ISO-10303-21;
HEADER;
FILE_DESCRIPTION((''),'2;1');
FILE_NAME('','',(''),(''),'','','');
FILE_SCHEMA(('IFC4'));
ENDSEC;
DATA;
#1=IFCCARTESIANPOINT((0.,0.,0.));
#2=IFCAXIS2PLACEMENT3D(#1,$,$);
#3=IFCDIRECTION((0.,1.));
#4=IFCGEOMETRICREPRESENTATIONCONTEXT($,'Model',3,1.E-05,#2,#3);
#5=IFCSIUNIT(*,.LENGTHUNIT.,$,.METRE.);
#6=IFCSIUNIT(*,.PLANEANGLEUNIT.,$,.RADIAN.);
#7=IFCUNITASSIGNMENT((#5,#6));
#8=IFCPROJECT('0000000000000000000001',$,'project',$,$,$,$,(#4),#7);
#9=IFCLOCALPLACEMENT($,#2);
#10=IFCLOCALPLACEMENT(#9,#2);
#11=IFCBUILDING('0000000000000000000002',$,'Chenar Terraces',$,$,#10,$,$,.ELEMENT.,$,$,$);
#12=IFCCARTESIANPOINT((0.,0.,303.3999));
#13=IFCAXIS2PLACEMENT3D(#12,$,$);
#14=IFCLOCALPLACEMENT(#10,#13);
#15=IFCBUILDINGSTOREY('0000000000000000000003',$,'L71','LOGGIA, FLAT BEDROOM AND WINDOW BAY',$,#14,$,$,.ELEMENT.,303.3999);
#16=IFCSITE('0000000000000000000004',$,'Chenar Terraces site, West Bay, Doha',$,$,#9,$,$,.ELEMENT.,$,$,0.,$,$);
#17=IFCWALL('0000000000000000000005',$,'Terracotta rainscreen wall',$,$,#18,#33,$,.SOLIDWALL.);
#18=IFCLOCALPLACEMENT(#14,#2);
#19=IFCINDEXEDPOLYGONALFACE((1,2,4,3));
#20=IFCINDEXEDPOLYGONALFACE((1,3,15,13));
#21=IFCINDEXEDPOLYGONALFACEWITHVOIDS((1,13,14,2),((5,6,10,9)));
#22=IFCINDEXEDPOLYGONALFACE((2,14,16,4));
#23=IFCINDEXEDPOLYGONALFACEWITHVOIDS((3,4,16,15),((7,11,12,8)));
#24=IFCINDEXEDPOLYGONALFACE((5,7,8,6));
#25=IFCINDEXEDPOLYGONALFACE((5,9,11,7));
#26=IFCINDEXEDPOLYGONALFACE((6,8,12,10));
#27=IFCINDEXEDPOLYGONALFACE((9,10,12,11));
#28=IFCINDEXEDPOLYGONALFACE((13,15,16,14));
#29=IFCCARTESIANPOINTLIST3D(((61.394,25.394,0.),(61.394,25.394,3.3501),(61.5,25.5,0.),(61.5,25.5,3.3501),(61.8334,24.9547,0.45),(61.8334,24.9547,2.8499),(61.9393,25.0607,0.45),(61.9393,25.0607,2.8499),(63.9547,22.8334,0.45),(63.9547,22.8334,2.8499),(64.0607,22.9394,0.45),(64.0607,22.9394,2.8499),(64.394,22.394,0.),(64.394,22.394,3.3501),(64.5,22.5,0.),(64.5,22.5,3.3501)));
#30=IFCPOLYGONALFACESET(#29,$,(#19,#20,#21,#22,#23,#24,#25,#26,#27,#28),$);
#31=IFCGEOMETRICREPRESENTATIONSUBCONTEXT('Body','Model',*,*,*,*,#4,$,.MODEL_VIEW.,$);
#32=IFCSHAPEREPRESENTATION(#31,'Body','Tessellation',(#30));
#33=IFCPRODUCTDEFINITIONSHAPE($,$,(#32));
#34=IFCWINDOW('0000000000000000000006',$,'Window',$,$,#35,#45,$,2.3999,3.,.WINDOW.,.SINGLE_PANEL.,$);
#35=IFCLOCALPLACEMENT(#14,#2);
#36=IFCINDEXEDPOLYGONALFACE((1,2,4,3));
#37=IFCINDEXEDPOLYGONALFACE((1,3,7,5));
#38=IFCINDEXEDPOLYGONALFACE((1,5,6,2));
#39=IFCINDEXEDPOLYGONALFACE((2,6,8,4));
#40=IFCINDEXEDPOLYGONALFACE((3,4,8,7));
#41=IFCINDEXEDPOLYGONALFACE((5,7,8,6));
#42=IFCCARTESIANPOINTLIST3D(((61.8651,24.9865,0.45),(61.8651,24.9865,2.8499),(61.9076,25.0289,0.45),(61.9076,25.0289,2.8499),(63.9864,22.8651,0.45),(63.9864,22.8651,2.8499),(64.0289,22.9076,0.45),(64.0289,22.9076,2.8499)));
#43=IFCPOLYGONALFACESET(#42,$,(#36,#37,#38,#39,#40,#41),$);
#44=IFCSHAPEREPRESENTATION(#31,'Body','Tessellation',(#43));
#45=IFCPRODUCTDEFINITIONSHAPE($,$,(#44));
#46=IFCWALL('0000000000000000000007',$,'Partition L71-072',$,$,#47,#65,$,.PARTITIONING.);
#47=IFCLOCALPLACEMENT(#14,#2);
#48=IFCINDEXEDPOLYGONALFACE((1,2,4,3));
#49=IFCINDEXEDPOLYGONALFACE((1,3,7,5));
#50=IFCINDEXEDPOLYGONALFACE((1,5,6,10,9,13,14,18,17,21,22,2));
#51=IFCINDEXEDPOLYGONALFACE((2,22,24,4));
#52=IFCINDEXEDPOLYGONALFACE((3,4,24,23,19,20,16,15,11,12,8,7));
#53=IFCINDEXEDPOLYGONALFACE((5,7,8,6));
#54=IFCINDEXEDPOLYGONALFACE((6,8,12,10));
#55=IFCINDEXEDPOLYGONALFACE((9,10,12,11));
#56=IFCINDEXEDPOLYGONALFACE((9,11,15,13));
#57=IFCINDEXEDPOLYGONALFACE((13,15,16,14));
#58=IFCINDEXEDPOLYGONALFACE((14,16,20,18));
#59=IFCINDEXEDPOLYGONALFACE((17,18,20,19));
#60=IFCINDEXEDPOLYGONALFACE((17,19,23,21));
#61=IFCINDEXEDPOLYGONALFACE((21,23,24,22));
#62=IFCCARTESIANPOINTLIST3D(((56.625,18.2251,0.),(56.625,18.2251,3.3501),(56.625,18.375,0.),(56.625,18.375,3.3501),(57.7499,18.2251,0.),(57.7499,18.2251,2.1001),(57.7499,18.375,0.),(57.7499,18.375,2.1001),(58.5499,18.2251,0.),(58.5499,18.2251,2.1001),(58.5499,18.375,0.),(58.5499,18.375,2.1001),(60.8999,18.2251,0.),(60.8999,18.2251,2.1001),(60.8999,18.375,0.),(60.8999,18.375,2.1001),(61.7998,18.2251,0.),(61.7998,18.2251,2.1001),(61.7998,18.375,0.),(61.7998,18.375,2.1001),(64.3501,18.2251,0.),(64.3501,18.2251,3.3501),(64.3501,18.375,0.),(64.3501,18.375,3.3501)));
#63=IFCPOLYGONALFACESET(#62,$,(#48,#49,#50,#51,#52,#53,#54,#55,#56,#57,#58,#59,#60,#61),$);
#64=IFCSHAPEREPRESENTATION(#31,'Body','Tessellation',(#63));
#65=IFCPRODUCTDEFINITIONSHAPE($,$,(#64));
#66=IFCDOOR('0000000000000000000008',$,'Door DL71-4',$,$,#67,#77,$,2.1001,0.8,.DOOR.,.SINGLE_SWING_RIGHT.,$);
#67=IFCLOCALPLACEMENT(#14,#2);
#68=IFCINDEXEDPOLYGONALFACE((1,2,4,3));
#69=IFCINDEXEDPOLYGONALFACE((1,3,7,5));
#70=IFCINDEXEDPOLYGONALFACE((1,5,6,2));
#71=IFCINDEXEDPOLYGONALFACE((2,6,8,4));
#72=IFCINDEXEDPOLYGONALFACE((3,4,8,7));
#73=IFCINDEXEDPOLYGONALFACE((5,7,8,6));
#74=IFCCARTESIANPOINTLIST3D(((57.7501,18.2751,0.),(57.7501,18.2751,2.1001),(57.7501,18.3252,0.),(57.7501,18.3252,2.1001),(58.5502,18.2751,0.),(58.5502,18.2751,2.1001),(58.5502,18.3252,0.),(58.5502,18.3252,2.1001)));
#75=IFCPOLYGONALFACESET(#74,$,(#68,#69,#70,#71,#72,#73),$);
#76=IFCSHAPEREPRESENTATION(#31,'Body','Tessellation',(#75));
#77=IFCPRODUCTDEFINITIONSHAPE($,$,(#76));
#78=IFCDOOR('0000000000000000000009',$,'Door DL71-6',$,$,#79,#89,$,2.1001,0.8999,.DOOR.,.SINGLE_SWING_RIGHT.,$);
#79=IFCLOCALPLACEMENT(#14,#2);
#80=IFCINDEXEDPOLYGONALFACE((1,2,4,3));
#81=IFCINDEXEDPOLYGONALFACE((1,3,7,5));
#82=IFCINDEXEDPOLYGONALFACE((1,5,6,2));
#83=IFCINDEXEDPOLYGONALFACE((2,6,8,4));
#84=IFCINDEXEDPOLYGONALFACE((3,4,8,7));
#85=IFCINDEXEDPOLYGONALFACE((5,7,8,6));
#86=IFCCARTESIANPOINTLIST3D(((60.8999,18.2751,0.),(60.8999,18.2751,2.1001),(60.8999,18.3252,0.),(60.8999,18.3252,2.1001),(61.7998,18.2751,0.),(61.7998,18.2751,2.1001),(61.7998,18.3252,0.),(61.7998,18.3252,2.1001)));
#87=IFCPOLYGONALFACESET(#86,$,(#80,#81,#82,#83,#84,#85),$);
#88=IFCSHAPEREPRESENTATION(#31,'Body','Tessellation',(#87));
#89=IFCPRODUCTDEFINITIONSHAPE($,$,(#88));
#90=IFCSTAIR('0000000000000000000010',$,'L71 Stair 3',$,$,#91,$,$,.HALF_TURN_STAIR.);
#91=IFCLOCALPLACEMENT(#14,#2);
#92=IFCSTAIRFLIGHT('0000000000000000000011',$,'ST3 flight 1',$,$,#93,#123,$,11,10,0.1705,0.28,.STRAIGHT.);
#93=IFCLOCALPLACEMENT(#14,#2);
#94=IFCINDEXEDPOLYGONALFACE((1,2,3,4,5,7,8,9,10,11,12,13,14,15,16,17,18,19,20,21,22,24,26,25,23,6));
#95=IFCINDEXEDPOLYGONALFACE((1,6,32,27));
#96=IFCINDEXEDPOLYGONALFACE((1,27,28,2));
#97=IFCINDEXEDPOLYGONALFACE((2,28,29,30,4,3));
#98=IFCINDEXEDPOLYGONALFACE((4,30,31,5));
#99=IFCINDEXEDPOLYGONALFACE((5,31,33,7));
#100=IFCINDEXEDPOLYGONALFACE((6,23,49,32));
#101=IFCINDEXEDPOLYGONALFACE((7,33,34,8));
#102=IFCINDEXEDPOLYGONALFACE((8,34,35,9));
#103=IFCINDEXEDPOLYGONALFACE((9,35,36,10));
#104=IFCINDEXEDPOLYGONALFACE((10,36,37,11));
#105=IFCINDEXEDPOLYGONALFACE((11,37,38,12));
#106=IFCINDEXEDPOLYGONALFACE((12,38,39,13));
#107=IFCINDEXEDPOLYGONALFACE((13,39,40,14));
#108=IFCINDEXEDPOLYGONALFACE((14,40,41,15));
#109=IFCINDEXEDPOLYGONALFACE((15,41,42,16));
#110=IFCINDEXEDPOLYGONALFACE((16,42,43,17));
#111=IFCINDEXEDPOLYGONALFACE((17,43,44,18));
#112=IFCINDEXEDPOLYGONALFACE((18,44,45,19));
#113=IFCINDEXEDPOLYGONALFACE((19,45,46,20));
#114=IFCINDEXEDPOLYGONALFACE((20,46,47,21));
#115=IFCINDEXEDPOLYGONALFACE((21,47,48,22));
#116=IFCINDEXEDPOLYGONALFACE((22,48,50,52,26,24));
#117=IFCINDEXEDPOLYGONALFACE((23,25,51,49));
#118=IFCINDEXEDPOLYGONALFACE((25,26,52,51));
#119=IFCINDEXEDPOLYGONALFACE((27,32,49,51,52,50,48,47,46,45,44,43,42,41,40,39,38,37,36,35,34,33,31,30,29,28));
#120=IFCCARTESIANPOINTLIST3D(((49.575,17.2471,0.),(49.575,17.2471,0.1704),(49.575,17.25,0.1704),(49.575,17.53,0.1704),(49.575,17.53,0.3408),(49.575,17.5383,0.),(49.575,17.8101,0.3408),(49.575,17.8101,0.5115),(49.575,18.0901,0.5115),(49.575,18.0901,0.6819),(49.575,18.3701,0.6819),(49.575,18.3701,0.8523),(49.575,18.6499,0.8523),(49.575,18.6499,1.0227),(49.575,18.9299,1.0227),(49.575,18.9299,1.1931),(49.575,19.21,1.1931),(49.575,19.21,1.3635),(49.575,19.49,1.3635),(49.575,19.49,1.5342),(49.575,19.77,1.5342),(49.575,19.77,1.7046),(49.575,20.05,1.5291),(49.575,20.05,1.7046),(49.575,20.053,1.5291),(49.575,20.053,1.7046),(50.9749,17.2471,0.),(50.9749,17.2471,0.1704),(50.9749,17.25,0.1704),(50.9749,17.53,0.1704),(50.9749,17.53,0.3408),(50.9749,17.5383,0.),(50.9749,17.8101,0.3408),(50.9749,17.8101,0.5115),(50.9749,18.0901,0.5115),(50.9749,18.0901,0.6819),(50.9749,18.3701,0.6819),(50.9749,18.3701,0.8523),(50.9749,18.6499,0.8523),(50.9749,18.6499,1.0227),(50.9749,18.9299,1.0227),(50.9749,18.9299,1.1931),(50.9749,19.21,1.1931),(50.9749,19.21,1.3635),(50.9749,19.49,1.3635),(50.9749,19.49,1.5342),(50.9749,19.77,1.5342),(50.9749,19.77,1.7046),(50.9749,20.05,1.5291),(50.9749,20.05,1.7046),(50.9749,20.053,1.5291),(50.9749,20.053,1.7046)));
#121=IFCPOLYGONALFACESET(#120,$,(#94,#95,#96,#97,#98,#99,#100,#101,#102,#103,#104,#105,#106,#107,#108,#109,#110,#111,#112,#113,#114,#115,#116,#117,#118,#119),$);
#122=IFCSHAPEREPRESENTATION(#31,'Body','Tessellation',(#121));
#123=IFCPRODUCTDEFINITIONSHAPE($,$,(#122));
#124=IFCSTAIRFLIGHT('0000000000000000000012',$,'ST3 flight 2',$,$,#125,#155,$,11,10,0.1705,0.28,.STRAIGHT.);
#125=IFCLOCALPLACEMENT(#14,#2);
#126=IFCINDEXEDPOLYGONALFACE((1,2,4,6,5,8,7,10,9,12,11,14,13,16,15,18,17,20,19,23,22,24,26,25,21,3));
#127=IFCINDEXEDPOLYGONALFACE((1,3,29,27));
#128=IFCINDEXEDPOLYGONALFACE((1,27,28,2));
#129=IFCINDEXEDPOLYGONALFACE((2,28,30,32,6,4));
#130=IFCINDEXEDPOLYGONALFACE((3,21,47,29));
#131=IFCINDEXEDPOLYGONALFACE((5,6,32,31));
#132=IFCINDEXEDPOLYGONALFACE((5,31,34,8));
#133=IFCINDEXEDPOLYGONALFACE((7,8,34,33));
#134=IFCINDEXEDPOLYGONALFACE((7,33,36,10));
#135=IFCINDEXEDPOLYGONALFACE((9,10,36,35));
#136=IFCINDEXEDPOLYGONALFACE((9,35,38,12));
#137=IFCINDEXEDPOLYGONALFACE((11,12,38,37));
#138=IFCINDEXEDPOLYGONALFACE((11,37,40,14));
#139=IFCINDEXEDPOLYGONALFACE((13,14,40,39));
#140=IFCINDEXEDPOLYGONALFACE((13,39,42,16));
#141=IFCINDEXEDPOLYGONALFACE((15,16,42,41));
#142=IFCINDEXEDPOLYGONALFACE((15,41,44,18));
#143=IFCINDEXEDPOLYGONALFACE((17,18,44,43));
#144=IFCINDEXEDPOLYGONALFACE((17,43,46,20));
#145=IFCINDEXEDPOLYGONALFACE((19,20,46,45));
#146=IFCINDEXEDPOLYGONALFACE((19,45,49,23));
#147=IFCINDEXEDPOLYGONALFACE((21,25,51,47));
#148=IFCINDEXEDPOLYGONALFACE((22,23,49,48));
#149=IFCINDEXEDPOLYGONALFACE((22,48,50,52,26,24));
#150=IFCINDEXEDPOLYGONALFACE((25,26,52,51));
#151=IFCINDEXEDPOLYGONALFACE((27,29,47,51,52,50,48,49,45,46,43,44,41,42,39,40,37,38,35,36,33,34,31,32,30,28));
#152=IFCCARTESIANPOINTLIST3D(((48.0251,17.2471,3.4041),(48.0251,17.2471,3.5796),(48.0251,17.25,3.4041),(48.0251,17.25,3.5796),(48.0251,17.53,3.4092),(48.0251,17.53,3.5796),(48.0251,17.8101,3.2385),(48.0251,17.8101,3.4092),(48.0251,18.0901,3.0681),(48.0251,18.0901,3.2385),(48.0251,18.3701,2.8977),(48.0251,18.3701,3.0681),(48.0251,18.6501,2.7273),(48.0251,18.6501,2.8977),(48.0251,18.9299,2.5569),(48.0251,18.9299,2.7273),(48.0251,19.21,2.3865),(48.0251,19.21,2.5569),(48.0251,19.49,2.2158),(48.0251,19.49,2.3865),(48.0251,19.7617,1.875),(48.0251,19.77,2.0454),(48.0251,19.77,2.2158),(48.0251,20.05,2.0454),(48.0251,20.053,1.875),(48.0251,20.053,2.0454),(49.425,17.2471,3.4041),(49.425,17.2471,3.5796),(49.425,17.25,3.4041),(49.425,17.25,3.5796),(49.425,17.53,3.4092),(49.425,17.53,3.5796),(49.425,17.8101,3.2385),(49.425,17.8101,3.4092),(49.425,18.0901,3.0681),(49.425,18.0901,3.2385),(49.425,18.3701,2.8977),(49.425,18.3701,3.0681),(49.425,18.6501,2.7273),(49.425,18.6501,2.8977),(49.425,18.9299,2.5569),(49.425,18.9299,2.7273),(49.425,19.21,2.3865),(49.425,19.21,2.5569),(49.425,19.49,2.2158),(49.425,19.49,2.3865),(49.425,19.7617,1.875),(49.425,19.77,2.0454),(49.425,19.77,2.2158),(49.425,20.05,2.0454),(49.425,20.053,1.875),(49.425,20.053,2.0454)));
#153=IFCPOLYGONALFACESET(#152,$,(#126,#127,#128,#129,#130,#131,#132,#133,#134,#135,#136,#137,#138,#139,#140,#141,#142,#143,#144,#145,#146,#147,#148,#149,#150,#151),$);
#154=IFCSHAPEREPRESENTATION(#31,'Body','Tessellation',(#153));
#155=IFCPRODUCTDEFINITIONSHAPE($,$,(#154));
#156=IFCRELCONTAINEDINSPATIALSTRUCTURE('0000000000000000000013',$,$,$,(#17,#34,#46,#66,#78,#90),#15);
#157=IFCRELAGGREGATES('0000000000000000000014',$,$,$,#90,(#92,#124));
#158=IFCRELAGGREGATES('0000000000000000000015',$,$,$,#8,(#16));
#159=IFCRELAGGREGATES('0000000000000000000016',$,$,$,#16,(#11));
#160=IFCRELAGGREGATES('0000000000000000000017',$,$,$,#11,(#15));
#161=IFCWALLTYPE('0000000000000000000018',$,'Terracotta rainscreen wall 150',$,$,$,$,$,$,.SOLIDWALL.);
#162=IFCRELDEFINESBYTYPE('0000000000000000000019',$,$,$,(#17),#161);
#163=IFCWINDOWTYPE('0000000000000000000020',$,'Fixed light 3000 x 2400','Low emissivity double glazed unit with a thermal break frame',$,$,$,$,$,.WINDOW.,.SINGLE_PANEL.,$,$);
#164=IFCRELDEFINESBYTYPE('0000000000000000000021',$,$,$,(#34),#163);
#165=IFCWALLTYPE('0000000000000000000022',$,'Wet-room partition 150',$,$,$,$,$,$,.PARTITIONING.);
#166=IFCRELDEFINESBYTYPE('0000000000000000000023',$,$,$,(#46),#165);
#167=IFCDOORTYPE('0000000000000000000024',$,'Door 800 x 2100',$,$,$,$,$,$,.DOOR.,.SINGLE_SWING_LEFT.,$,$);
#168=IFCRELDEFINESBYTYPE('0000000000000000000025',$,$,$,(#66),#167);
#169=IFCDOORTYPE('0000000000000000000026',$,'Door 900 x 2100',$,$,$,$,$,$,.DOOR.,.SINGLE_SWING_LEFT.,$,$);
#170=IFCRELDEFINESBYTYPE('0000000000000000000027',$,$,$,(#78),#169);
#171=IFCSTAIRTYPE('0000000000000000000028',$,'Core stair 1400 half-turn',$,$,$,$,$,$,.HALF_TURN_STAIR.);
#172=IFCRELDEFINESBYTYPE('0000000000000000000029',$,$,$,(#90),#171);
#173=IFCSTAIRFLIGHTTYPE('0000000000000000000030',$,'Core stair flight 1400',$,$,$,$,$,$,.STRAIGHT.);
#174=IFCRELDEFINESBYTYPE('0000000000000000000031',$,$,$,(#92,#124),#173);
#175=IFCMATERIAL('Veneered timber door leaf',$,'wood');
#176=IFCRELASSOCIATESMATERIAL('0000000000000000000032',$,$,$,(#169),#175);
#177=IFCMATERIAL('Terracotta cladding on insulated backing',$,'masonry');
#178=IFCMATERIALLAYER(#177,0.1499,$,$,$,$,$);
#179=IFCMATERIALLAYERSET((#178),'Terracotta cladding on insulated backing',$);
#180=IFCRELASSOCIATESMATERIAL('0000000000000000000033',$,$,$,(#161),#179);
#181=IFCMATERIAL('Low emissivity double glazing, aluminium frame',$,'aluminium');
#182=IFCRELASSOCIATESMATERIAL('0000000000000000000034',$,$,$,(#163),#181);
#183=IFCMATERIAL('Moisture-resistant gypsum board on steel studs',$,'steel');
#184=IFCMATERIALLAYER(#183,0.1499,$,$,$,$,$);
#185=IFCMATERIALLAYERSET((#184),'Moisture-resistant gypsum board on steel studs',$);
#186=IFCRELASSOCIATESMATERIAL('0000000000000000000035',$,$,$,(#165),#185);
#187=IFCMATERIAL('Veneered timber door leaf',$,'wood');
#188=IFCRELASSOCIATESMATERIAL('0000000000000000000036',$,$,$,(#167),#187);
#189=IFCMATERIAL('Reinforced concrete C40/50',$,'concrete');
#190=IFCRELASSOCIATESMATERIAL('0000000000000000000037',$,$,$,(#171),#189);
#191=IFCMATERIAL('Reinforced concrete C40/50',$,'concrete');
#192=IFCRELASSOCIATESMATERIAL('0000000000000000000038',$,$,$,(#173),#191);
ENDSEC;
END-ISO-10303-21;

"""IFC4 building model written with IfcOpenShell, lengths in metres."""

from ifc_helpers import new_model, si_unit, direction, frame, frame_2d, origin, place, context, subcontext, project, spatial, polyline, rectangle, outline, extrude, material, layer, layer_set, type_object, element, fill, aggregate, save


model = new_model("IFC4")

# Units and contexts
model_context = context("Model", 3, precision=1e-05, world=origin(), true_north=direction((0.0, 1.0)))
body_context = subcontext(model_context, "Body", "Model", "MODEL_VIEW")
ifc_project = project(units=[si_unit("LENGTHUNIT", "METRE"), si_unit("PLANEANGLEUNIT", "RADIAN")], contexts=[model_context])

# Site, building, storey
site_placement = place(None, origin())
site = spatial("IfcSite", under=ifc_project, at=site_placement, Name="Chenar Terraces site, West Bay, Doha", CompositionType="ELEMENT", RefElevation=0.0)
building_placement = place(site_placement, origin())
building = spatial("IfcBuilding", under=site, at=building_placement, Name="Chenar Terraces", CompositionType="ELEMENT")
storey_placement = place(building_placement, frame((0.0, 0.0, 303.3999)))
storey = spatial("IfcBuildingStorey", under=building, at=storey_placement, Name="L71", Description="LOGGIA, FLAT BEDROOM AND WINDOW BAY", CompositionType="ELEMENT", Elevation=303.3999)

# Shared definitions
ifc_material_1 = material(Name="Veneered timber door leaf", Category="wood")
door_type_1 = type_object("IfcDoorType", Name="Door 900 x 2100", OperationType="SINGLE_SWING_LEFT", PredefinedType="DOOR", material=ifc_material_1)

# Wall, opening, window
ifc_material_2 = material(Name="Terracotta cladding on insulated backing", Category="masonry")
ifc_layer_1 = layer(ifc_material_2, 0.1499)
ifc_layer_set_1 = layer_set([ifc_layer_1], Name="Terracotta cladding on insulated backing")
wall_type_1 = type_object("IfcWallType", Name="Terracotta rainscreen wall 150", PredefinedType="SOLIDWALL", material=ifc_layer_set_1)
wall_1_placement = place(storey_placement, frame((64.447, 22.447, 0.0), z_axis=(0.0, 0.0, 1.0), x_axis=(-0.707107, 0.707107, 0.0)))
wall_1 = element("IfcWall", 1, at=wall_1_placement, inside=storey, type_object=wall_type_1, Name="Terracotta rainscreen wall", PredefinedType="SOLIDWALL", context=body_context, shape_type="SweptSolid", body=[
    extrude(rectangle(XDim=4.2427, YDim=0.1499, at=frame_2d((2.1213, 0.0))), origin(), (0.0, 0.0, 1.0), 3.3501),
])
opening_1_placement = place(wall_1_placement, frame((0.6213, 0.0, 0.45)))
opening_1 = element("IfcOpeningElement", 2, at=opening_1_placement, cuts=wall_1, PredefinedType="OPENING", context=body_context, shape_type="SweptSolid", body=[
    extrude(rectangle(XDim=3.0, YDim=2.3999, at=frame_2d((1.5, 1.2))), frame((0.0, 0.085, 0.0), z_axis=(0.0, -1.0, 0.0), x_axis=(1.0, 0.0, 0.0)), (0.0, 0.0, 1.0), 0.1699),
])
ifc_material_3 = material(Name="Low emissivity double glazing, aluminium frame", Category="aluminium")
window_type_1 = type_object("IfcWindowType", Name="Fixed light 3000 x 2400", Description="Low emissivity double glazed unit with a thermal break frame", PartitioningType="SINGLE_PANEL", PredefinedType="WINDOW", material=ifc_material_3)
window_1_placement = place(opening_1_placement, origin())
window_1 = element("IfcWindow", 3, at=window_1_placement, inside=storey, type_object=window_type_1, Name="Window", OverallHeight=2.3999, OverallWidth=3.0, PartitioningType="SINGLE_PANEL", PredefinedType="WINDOW", context=body_context, shape_type="SweptSolid", body=[
    extrude(rectangle(XDim=3.0, YDim=2.3999, at=frame_2d((1.5, 1.2))), frame((0.0, 0.03, 0.0), z_axis=(0.0, -1.0, 0.0), x_axis=(1.0, 0.0, 0.0)), (0.0, 0.0, 1.0), 0.0601),
])
fill(opening_1, window_1)

# Wall, openings, doors
ifc_material_4 = material(Name="Moisture-resistant gypsum board on steel studs", Category="steel")
ifc_layer_2 = layer(ifc_material_4, 0.1499)
ifc_layer_set_2 = layer_set([ifc_layer_2], Name="Moisture-resistant gypsum board on steel studs")
wall_type_2 = type_object("IfcWallType", Name="Wet-room partition 150", PredefinedType="PARTITIONING", material=ifc_layer_set_2)
wall_2_placement = place(storey_placement, frame((56.625, 18.3, 0.0), z_axis=(0.0, 0.0, 1.0), x_axis=(1.0, 0.0, 0.0)))
wall_2 = element("IfcWall", 4, at=wall_2_placement, inside=storey, type_object=wall_type_2, Name="Partition L71-072", PredefinedType="PARTITIONING", context=body_context, shape_type="SweptSolid", body=[
    extrude(rectangle(XDim=7.7251, YDim=0.1499, at=frame_2d((3.8625, 0.0))), origin(), (0.0, 0.0, 1.0), 3.3501),
])
opening_2_placement = place(wall_2_placement, frame((1.125, 0.0, 0.0)))
opening_2 = element("IfcOpeningElement", 5, at=opening_2_placement, cuts=wall_2, PredefinedType="OPENING", context=body_context, shape_type="SweptSolid", body=[
    extrude(rectangle(XDim=0.8, YDim=2.1001, at=frame_2d((0.3999, 1.05))), frame((0.0, 0.085, 0.0), z_axis=(0.0, -1.0, 0.0), x_axis=(1.0, 0.0, 0.0)), (0.0, 0.0, 1.0), 0.1699),
])
opening_3_placement = place(wall_2_placement, frame((4.2749, 0.0, 0.0)))
opening_3 = element("IfcOpeningElement", 6, at=opening_3_placement, cuts=wall_2, PredefinedType="OPENING", context=body_context, shape_type="SweptSolid", body=[
    extrude(rectangle(XDim=0.8999, YDim=2.1001, at=frame_2d((0.45, 1.05))), frame((0.0, 0.085, 0.0), z_axis=(0.0, -1.0, 0.0), x_axis=(1.0, 0.0, 0.0)), (0.0, 0.0, 1.0), 0.1699),
])
ifc_material_5 = material(Name="Veneered timber door leaf", Category="wood")
door_type_2 = type_object("IfcDoorType", Name="Door 800 x 2100", OperationType="SINGLE_SWING_LEFT", PredefinedType="DOOR", material=ifc_material_5)
door_1_placement = place(opening_2_placement, frame((0.8, 0.0, 0.0), z_axis=(0.0, 0.0, 1.0), x_axis=(-1.0, 0.0, 0.0)))
door_1 = element("IfcDoor", 7, at=door_1_placement, inside=storey, type_object=door_type_2, Name="Door DL71-4", OperationType="SINGLE_SWING_RIGHT", OverallHeight=2.1001, OverallWidth=0.8, PredefinedType="DOOR", context=body_context, shape_type="SweptSolid", body=[
    extrude(rectangle(XDim=0.8, YDim=2.1001, at=frame_2d((0.3999, 1.05))), frame((0.0, 0.0249, 0.0), z_axis=(0.0, -1.0, 0.0), x_axis=(1.0, 0.0, 0.0)), (0.0, 0.0, 1.0), 0.05),
])
fill(opening_2, door_1)
door_2_placement = place(opening_3_placement, frame((0.8999, 0.0, 0.0), z_axis=(0.0, 0.0, 1.0), x_axis=(-1.0, 0.0, 0.0)))
door_2 = element("IfcDoor", 8, at=door_2_placement, inside=storey, type_object=door_type_1, Name="Door DL71-6", OperationType="SINGLE_SWING_RIGHT", OverallHeight=2.1001, OverallWidth=0.8999, PredefinedType="DOOR", context=body_context, shape_type="SweptSolid", body=[
    extrude(rectangle(XDim=0.8999, YDim=2.1001, at=frame_2d((0.45, 1.05))), frame((0.0, 0.0249, 0.0), z_axis=(0.0, -1.0, 0.0), x_axis=(1.0, 0.0, 0.0)), (0.0, 0.0, 1.0), 0.05),
])
fill(opening_3, door_2)

# Stair, stair flights
ifc_material_6 = material(Name="Reinforced concrete C40/50", Category="concrete")
stair_type = type_object("IfcStairType", Name="Core stair 1400 half-turn", PredefinedType="HALF_TURN_STAIR", material=ifc_material_6)
stair_placement = place(storey_placement, origin())
stair = element("IfcStair", 9, at=stair_placement, inside=storey, type_object=stair_type, Name="L71 Stair 3", PredefinedType="HALF_TURN_STAIR")
ifc_material_7 = material(Name="Reinforced concrete C40/50", Category="concrete")
stair_flight_type = type_object("IfcStairFlightType", Name="Core stair flight 1400", PredefinedType="STRAIGHT", material=ifc_material_7)
stair_flight_1_placement = place(storey_placement, frame((50.2749, 17.25, 0.0), z_axis=(0.0, 0.0, 1.0), x_axis=(0.0, 1.0, 0.0)))
stair_flight_1 = element("IfcStairFlight", 10, at=stair_flight_1_placement, type_object=stair_flight_type, Name="ST3 flight 1", NumberOfRisers=11, NumberOfTreads=10, PredefinedType="STRAIGHT", RiserHeight=0.1705, TreadLength=0.28, context=body_context, shape_type="SweptSolid", body=[
    extrude(outline(polyline([(-0.0029, 0.0), (-0.0029, 0.1704), (0.0, 0.1704), (0.28, 0.1704), (0.28, 0.3408), (0.5601, 0.3408), (0.5601, 0.5115), (0.8401, 0.5115), (0.8401, 0.6819), (1.1201, 0.6819), (1.1201, 0.8523), (1.3999, 0.8523), (1.3999, 1.0227), (1.6799, 1.0227), (1.6799, 1.1931), (1.96, 1.1931), (1.96, 1.3635), (2.24, 1.3635), (2.24, 1.5342), (2.52, 1.5342), (2.52, 1.7046), (2.8, 1.7046), (2.803, 1.7046), (2.803, 1.5291), (2.8, 1.5291), (0.2883, 0.0), (-0.0029, 0.0)])), frame((0.0, 0.7, 0.0), z_axis=(0.0, -1.0, 0.0), x_axis=(1.0, 0.0, 0.0)), (0.0, 0.0, 1.0), 1.3999),
])
stair_flight_2_placement = place(storey_placement, frame((48.7251, 20.05, 1.875), z_axis=(0.0, 0.0, 1.0), x_axis=(0.0, -1.0, 0.0)))
stair_flight_2 = element("IfcStairFlight", 11, at=stair_flight_2_placement, type_object=stair_flight_type, Name="ST3 flight 2", NumberOfRisers=11, NumberOfTreads=10, PredefinedType="STRAIGHT", RiserHeight=0.1705, TreadLength=0.28, context=body_context, shape_type="SweptSolid", body=[
    extrude(outline(polyline([(-0.0029, 0.0), (-0.0029, 0.1704), (0.0, 0.1704), (0.28, 0.1704), (0.28, 0.3408), (0.5601, 0.3408), (0.5601, 0.5115), (0.8401, 0.5115), (0.8401, 0.6819), (1.1201, 0.6819), (1.1201, 0.8523), (1.3999, 0.8523), (1.3999, 1.0227), (1.6799, 1.0227), (1.6799, 1.1931), (1.96, 1.1931), (1.96, 1.3635), (2.24, 1.3635), (2.24, 1.5342), (2.52, 1.5342), (2.52, 1.7046), (2.8, 1.7046), (2.803, 1.7046), (2.803, 1.5291), (2.8, 1.5291), (0.2883, 0.0), (-0.0029, 0.0)])), frame((0.0, 0.7, 0.0), z_axis=(0.0, -1.0, 0.0), x_axis=(1.0, 0.0, 0.0)), (0.0, 0.0, 1.0), 1.3999),
])
aggregate(stair, [stair_flight_1, stair_flight_2])

save(model, "model.ifc")
